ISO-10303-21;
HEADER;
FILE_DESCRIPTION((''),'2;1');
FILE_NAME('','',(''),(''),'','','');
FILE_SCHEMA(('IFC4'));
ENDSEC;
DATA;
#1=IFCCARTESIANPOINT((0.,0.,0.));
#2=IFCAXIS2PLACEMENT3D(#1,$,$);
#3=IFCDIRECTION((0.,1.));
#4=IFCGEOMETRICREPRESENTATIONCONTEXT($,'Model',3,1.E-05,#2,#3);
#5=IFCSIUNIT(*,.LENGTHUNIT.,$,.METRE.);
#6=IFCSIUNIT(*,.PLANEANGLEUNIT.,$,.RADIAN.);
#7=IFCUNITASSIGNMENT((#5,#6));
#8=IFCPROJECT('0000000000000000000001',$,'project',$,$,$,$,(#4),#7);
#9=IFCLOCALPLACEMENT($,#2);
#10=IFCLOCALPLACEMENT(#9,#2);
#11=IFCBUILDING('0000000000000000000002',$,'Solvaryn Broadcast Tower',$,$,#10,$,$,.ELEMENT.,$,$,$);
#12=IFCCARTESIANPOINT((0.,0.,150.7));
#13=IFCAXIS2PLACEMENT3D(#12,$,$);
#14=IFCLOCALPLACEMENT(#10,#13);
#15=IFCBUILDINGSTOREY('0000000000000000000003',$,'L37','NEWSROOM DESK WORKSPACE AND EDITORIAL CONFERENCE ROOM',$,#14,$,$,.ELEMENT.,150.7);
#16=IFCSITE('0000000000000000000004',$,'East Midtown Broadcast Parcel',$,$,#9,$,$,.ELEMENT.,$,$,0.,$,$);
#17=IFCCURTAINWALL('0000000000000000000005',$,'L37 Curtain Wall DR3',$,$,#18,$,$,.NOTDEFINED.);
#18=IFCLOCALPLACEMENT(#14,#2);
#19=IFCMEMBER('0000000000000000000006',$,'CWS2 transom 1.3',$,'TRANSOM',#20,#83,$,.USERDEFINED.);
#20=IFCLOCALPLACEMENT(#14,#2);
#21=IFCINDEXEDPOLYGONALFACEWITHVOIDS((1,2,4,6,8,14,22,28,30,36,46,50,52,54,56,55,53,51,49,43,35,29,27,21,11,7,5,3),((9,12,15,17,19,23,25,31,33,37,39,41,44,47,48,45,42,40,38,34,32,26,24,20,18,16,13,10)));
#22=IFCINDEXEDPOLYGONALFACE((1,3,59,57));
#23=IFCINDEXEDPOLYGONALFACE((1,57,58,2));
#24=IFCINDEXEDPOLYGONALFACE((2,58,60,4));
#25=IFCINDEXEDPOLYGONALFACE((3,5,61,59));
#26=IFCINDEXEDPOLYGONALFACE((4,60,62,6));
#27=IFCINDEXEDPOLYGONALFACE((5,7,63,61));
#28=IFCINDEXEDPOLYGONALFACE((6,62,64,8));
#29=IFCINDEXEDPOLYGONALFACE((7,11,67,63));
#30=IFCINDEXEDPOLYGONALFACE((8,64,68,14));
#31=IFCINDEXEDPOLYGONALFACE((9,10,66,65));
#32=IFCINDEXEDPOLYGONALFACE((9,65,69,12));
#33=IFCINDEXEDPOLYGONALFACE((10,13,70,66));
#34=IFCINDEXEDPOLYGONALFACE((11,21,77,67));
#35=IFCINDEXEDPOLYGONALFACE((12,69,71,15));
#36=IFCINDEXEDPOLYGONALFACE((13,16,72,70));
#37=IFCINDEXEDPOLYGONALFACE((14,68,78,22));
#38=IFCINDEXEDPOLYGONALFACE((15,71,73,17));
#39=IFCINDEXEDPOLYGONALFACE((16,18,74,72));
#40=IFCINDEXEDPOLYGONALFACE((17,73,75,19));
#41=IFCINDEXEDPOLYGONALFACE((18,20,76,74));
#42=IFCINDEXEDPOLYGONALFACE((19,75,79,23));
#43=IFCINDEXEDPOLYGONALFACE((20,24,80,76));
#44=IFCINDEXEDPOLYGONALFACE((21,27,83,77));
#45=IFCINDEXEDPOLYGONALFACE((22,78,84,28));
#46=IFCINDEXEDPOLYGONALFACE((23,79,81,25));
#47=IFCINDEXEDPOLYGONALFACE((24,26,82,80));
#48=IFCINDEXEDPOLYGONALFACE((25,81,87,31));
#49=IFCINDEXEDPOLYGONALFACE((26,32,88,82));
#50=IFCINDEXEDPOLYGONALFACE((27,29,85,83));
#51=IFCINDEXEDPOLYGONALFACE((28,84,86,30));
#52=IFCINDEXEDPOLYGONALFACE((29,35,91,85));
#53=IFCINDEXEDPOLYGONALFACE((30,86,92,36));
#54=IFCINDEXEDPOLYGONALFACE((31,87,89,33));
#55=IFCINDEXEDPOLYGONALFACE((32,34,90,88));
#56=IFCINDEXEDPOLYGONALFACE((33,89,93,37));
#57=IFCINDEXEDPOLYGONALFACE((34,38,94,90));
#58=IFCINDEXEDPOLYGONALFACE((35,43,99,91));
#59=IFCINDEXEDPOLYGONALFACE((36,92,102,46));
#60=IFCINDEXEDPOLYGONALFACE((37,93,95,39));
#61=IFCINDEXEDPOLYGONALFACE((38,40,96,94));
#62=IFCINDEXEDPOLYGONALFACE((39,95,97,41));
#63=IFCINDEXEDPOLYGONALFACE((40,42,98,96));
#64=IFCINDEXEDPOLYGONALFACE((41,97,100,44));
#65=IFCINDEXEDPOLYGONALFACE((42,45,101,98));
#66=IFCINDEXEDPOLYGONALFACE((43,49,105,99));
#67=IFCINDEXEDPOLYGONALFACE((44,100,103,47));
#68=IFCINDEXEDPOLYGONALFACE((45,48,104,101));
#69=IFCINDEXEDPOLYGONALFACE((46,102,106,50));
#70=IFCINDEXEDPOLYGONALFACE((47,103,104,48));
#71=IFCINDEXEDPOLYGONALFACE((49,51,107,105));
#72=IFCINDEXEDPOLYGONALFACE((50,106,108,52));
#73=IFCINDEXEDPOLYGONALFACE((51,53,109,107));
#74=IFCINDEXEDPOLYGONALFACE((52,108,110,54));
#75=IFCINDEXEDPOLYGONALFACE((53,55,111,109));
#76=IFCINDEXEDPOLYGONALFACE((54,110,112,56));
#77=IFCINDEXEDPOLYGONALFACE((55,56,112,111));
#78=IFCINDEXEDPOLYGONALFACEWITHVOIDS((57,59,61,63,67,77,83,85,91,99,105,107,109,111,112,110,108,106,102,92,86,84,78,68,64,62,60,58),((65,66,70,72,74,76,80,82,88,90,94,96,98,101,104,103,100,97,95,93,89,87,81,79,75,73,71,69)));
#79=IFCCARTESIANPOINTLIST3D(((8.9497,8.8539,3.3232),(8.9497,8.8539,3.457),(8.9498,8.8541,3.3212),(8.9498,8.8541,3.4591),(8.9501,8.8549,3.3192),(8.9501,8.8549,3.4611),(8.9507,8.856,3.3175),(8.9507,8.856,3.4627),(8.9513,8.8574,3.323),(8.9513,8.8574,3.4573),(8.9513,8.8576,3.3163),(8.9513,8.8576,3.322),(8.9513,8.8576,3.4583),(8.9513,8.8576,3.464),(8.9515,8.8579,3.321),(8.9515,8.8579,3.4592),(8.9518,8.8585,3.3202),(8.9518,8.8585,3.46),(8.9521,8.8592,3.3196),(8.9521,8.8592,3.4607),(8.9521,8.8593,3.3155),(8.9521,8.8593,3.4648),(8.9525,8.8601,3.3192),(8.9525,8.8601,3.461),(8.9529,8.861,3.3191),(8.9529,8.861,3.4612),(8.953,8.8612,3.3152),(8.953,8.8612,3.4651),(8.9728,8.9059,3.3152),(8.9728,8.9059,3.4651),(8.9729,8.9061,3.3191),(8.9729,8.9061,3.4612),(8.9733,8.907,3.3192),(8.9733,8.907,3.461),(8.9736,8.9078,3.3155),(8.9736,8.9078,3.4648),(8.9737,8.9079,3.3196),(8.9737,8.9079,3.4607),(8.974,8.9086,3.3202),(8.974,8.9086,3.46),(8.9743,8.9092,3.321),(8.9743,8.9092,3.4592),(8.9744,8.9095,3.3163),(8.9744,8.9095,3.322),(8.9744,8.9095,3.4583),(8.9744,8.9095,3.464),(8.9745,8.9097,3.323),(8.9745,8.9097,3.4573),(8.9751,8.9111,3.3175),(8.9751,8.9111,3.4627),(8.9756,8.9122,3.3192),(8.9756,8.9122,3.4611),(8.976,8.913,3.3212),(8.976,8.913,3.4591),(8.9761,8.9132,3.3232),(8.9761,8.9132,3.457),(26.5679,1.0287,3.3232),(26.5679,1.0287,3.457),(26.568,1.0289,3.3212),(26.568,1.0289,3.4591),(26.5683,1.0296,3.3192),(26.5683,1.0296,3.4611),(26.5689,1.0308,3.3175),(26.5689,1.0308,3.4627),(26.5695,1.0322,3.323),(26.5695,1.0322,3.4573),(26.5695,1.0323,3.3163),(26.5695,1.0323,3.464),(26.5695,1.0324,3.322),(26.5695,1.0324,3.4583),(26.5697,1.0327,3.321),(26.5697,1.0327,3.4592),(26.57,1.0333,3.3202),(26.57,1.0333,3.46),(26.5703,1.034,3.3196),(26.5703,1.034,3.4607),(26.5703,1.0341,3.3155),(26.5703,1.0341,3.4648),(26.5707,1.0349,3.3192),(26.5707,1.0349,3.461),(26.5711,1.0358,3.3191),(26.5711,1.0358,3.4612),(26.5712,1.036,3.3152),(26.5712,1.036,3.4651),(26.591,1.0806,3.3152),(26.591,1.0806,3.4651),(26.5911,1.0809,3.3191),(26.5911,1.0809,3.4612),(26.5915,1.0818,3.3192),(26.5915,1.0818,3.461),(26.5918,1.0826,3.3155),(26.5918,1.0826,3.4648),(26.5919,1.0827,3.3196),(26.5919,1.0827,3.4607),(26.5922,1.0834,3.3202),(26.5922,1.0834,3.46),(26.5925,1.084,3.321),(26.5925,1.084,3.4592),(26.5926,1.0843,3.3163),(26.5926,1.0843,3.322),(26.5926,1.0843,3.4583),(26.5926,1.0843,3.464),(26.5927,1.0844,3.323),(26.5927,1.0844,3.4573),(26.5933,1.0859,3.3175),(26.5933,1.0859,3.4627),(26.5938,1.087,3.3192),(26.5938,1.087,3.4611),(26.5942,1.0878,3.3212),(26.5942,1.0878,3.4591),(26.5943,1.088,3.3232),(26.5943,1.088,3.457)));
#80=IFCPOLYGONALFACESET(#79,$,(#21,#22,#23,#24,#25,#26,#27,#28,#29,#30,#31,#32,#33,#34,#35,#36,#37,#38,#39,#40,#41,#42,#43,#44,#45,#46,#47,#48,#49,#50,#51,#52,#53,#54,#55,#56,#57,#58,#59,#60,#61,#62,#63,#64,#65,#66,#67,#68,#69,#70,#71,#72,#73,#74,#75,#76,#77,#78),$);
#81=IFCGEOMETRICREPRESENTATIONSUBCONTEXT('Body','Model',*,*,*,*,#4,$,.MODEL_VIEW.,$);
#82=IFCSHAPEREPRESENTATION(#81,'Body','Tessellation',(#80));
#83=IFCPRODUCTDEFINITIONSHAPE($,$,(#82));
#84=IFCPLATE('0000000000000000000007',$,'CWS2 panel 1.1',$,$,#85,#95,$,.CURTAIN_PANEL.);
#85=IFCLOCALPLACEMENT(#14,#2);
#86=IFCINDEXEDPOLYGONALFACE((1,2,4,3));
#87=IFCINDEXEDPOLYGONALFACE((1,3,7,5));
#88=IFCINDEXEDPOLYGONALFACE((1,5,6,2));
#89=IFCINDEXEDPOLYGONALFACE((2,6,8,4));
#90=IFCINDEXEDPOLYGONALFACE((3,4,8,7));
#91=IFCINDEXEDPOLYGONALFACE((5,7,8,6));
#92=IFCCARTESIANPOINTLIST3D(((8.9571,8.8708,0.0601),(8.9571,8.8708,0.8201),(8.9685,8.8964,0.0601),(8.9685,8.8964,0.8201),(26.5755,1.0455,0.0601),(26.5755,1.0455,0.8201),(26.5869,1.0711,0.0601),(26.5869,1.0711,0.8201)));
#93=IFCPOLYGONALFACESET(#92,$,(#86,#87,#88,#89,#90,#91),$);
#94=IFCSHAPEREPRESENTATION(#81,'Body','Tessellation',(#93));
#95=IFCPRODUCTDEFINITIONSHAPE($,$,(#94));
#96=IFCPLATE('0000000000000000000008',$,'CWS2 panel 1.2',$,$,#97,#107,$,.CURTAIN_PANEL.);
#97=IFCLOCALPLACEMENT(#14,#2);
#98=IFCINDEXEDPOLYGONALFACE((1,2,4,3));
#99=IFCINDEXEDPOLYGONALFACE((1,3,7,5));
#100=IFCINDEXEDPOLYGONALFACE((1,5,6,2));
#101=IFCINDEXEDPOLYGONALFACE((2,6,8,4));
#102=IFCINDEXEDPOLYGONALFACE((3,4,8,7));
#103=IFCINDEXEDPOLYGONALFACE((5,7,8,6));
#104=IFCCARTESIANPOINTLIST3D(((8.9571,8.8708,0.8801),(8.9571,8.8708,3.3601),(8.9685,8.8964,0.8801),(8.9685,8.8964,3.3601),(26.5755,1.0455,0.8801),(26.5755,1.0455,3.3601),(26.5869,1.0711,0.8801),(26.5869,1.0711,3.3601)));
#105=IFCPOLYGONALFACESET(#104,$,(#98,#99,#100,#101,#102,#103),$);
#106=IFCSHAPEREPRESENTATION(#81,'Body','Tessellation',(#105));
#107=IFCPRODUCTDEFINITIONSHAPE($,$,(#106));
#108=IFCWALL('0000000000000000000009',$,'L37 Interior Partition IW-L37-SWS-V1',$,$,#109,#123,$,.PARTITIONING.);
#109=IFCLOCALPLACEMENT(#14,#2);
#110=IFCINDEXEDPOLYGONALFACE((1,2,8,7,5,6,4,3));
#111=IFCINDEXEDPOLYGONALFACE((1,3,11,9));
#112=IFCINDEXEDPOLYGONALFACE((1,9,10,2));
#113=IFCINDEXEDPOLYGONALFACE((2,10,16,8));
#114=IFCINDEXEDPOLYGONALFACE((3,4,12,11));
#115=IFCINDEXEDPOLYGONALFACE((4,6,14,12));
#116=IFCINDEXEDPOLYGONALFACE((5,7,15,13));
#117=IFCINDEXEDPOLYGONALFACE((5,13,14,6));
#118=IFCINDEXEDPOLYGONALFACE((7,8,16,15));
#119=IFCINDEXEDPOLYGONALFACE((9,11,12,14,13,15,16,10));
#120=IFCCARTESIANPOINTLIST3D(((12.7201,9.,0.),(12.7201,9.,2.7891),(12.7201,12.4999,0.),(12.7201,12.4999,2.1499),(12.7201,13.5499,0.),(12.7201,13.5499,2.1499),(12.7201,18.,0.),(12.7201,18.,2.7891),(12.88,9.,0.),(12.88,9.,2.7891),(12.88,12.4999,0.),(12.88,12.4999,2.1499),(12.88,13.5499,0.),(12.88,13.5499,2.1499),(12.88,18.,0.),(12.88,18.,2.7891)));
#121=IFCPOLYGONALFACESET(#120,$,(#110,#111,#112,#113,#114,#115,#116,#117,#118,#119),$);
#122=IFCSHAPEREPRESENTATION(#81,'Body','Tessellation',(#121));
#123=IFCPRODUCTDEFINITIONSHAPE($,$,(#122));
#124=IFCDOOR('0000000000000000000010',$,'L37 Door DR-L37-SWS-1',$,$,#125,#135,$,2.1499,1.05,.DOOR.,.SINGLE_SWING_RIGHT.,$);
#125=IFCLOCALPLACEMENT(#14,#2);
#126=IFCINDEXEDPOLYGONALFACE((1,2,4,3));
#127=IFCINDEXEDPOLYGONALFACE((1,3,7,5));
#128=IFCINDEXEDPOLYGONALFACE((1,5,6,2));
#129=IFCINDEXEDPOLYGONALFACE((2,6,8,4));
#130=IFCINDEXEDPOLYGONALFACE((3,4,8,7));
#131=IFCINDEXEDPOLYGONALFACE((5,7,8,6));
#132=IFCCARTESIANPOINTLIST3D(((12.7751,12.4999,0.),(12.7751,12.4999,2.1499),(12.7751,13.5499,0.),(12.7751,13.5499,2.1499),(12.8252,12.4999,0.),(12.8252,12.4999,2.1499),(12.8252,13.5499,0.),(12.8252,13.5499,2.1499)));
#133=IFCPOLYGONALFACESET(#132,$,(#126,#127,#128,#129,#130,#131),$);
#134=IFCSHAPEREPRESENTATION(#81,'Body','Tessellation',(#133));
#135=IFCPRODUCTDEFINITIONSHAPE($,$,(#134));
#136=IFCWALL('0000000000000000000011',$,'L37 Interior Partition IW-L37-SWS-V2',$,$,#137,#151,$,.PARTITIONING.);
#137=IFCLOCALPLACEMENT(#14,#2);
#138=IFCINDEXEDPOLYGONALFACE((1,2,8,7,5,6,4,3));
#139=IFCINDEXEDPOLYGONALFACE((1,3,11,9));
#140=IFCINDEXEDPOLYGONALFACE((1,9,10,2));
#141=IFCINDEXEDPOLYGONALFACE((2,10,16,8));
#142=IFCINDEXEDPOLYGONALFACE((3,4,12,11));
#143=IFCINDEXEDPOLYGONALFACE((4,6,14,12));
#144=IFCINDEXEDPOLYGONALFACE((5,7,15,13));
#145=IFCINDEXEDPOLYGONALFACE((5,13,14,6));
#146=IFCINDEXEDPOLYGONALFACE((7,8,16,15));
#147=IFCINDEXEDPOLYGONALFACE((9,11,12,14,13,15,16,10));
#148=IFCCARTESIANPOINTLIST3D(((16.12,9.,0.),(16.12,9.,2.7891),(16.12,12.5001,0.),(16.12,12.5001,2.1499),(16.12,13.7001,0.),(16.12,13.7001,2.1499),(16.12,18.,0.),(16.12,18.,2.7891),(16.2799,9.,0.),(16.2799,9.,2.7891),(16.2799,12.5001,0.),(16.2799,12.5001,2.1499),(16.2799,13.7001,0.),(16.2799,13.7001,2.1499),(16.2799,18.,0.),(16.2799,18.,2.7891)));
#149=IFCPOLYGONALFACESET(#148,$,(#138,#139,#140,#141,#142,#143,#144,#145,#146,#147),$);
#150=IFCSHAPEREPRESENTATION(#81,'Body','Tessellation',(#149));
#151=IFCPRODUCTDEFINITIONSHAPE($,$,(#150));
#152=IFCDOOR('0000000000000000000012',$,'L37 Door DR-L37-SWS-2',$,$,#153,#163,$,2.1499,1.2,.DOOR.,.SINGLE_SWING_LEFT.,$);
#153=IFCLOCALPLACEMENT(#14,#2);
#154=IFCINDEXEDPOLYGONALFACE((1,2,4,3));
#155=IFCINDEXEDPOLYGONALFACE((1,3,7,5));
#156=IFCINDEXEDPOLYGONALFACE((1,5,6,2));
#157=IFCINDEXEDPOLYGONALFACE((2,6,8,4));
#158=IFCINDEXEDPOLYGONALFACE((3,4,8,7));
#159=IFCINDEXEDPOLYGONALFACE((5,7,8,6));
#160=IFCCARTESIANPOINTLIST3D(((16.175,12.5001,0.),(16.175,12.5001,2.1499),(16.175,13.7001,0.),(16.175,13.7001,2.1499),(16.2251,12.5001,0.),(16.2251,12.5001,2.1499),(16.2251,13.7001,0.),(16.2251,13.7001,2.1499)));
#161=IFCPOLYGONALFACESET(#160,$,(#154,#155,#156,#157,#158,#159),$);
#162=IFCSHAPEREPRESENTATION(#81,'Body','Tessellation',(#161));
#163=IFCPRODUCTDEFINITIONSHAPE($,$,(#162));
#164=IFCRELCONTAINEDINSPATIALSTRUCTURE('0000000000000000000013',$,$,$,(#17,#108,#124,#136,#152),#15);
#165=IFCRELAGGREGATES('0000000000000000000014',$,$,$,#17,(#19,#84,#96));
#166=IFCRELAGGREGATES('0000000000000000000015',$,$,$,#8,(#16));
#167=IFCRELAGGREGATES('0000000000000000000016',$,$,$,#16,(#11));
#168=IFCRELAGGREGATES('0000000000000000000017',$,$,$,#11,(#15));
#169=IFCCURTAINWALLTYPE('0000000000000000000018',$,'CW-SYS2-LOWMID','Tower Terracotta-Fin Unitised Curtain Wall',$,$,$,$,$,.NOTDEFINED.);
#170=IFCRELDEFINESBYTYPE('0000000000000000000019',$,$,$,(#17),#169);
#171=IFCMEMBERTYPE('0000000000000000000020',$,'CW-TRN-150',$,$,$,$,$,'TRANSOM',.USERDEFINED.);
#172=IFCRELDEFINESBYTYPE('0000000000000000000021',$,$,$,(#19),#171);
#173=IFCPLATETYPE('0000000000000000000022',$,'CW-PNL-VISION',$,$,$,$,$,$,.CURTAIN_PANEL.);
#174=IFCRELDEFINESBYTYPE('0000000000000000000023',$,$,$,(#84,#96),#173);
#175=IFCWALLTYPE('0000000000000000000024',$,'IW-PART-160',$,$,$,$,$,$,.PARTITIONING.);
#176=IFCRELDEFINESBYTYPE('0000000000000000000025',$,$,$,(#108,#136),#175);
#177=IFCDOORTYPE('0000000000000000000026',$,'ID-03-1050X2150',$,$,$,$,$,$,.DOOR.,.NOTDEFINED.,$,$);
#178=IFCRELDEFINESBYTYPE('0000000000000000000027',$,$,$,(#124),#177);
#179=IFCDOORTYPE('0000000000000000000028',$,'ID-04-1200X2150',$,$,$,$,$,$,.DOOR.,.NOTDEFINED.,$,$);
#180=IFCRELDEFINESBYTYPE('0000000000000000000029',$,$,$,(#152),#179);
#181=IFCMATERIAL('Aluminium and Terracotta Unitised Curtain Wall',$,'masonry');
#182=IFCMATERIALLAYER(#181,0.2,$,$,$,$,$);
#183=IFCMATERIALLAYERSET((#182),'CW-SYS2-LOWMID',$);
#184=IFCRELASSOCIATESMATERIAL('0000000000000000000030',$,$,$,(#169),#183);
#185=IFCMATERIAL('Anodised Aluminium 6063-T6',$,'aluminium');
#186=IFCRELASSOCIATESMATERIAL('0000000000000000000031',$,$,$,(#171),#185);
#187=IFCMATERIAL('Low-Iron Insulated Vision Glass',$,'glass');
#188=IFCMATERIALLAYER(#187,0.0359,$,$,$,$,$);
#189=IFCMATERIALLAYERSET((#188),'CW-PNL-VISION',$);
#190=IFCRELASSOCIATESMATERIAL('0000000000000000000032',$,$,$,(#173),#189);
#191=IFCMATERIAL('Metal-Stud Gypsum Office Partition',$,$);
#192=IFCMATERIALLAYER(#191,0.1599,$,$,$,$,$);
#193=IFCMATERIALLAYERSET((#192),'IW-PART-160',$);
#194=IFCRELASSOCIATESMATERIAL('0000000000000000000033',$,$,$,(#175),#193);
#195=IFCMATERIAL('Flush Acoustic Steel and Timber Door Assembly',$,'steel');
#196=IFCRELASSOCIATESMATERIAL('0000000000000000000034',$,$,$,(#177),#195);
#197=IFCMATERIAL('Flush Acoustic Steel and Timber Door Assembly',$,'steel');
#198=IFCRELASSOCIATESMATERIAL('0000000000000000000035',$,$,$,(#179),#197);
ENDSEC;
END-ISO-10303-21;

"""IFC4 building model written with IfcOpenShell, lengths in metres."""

from ifc_helpers import new_model, si_unit, direction, frame, frame_2d, origin, origin_2d, place, context, subcontext, project, spatial, rectangle, hollow_rectangle, extrude, material, layer, layer_set, material_profile, profile_set, type_object, element, fill, aggregate, save


model = new_model("IFC4")

# Units and contexts
model_context = context("Model", 3, precision=1e-05, world=origin(), true_north=direction((0.0, 1.0)))
body_context = subcontext(model_context, "Body", "Model", "MODEL_VIEW")
ifc_project = project(units=[si_unit("LENGTHUNIT", "METRE"), si_unit("PLANEANGLEUNIT", "RADIAN")], contexts=[model_context])

# Site, building, storey
site_placement = place(None, origin())
site = spatial("IfcSite", under=ifc_project, at=site_placement, Name="East Midtown Broadcast Parcel", CompositionType="ELEMENT", RefElevation=0.0)
building_placement = place(site_placement, origin())
building = spatial("IfcBuilding", under=site, at=building_placement, Name="Solvaryn Broadcast Tower", CompositionType="ELEMENT")
storey_placement = place(building_placement, frame((0.0, 0.0, 150.7)))
storey = spatial("IfcBuildingStorey", under=building, at=storey_placement, Name="L37", Description="NEWSROOM DESK WORKSPACE AND EDITORIAL CONFERENCE ROOM", CompositionType="ELEMENT", Elevation=150.7)

# Curtain wall, member, plates
ifc_material_1 = material(Name="Aluminium and Terracotta Unitised Curtain Wall", Category="masonry")
ifc_layer_1 = layer(ifc_material_1, 0.2)
ifc_layer_set_1 = layer_set([ifc_layer_1], Name="CW-SYS2-LOWMID")
curtain_wall_type_1 = type_object("IfcCurtainWallType", Name="CW-SYS2-LOWMID", Description="Tower Terracotta-Fin Unitised Curtain Wall", PredefinedType="NOTDEFINED", material=ifc_layer_set_1)
curtain_wall_1_placement = place(storey_placement, origin())
curtain_wall_1 = element("IfcCurtainWall", 1, at=curtain_wall_1_placement, inside=storey, type_object=curtain_wall_type_1, Name="L37 Curtain Wall DR3", PredefinedType="NOTDEFINED")
ifc_material_2 = material(Name="Anodised Aluminium 6063-T6", Category="aluminium")
ifc_material_profile_1 = material_profile(ifc_material_2, hollow_rectangle(XDim=0.0649, YDim=0.1499, WallThickness=0.0039, InnerFilletRadius=0.0039, OuterFilletRadius=0.0081, at=origin_2d()))
ifc_profile_set_1 = profile_set([ifc_material_profile_1], Name="Anodised Aluminium 6063-T6")
member_type_1 = type_object("IfcMemberType", Name="CW-TRN-150", ElementType="TRANSOM", PredefinedType="USERDEFINED", material=ifc_profile_set_1)
member_1_placement = place(storey_placement, frame((8.9629, 8.8835, 3.3901), z_axis=(0.91391, -0.405918, 0.0), x_axis=(0.405918, 0.91391, 0.0)))
member_1 = element("IfcMember", 2, at=member_1_placement, type_object=member_type_1, Name="CWS2 transom 1.3", ObjectType="TRANSOM", PredefinedType="USERDEFINED", context=body_context, shape_type="SweptSolid", body=[
    extrude(hollow_rectangle(XDim=0.0649, YDim=0.1499, WallThickness=0.0039, InnerFilletRadius=0.0039, OuterFilletRadius=0.0081, at=origin_2d()), origin(), (0.0, 0.0, 1.0), 19.2778),
])
ifc_material_3 = material(Name="Low-Iron Insulated Vision Glass", Category="glass")
ifc_layer_2 = layer(ifc_material_3, 0.0359)
ifc_layer_set_2 = layer_set([ifc_layer_2], Name="CW-PNL-VISION")
plate_type = type_object("IfcPlateType", Name="CW-PNL-VISION", PredefinedType="CURTAIN_PANEL", material=ifc_layer_set_2)
plate_1_placement = place(storey_placement, frame((17.772, 4.9709, 0.0601), z_axis=(0.0, 0.0, 1.0), x_axis=(0.913909, -0.405918, 0.0)))
plate_1 = element("IfcPlate", 3, at=plate_1_placement, type_object=plate_type, Name="CWS2 panel 1.1", PredefinedType="CURTAIN_PANEL", context=body_context, shape_type="SweptSolid", body=[
    extrude(rectangle(XDim=19.2781, YDim=0.0281, at=origin_2d()), origin(), (0.0, 0.0, 1.0), 0.76),
])
plate_2_placement = place(storey_placement, frame((17.772, 4.9709, 0.8801), z_axis=(0.0, 0.0, 1.0), x_axis=(0.913909, -0.405918, 0.0)))
plate_2 = element("IfcPlate", 4, at=plate_2_placement, type_object=plate_type, Name="CWS2 panel 1.2", PredefinedType="CURTAIN_PANEL", context=body_context, shape_type="SweptSolid", body=[
    extrude(rectangle(XDim=19.2781, YDim=0.0281, at=origin_2d()), origin(), (0.0, 0.0, 1.0), 2.48),
])
aggregate(curtain_wall_1, [member_1, plate_1, plate_2])

# Walls, openings, doors
ifc_material_4 = material(Name="Metal-Stud Gypsum Office Partition")
ifc_layer_3 = layer(ifc_material_4, 0.1599)
ifc_layer_set_3 = layer_set([ifc_layer_3], Name="IW-PART-160")
wall_type = type_object("IfcWallType", Name="IW-PART-160", PredefinedType="PARTITIONING", material=ifc_layer_set_3)
wall_1_placement = place(storey_placement, frame((12.8, 9.0, 0.0), z_axis=(0.0, 0.0, 1.0), x_axis=(0.0, 1.0, 0.0)))
wall_1 = element("IfcWall", 5, at=wall_1_placement, inside=storey, type_object=wall_type, Name="L37 Interior Partition IW-L37-SWS-V1", PredefinedType="PARTITIONING", context=body_context, shape_type="SweptSolid", body=[
    extrude(rectangle(XDim=9.0, YDim=0.1599, at=frame_2d((4.5, 0.0))), origin(), (0.0, 0.0, 1.0), 2.7891),
])
opening_1_placement = place(wall_1_placement, frame((3.5, 0.0, 0.0)))
opening_1 = element("IfcOpeningElement", 6, at=opening_1_placement, cuts=wall_1, PredefinedType="OPENING", context=body_context, shape_type="SweptSolid", body=[
    extrude(rectangle(XDim=1.05, YDim=2.1499, at=frame_2d((0.5249, 1.075))), frame((0.0, 0.0901, 0.0), z_axis=(0.0, -1.0, 0.0), x_axis=(1.0, 0.0, 0.0)), (0.0, 0.0, 1.0), 0.1799),
])
ifc_material_5 = material(Name="Flush Acoustic Steel and Timber Door Assembly", Category="steel")
door_type_1 = type_object("IfcDoorType", Name="ID-03-1050X2150", OperationType="NOTDEFINED", PredefinedType="DOOR", material=ifc_material_5)
door_1_placement = place(opening_1_placement, origin())
door_1 = element("IfcDoor", 7, at=door_1_placement, inside=storey, type_object=door_type_1, Name="L37 Door DR-L37-SWS-1", OperationType="SINGLE_SWING_RIGHT", OverallHeight=2.1499, OverallWidth=1.05, PredefinedType="DOOR", context=body_context, shape_type="SweptSolid", body=[
    extrude(rectangle(XDim=1.05, YDim=2.1499, at=frame_2d((0.5249, 1.075))), frame((0.0, 0.0249, 0.0), z_axis=(0.0, -1.0, 0.0), x_axis=(1.0, 0.0, 0.0)), (0.0, 0.0, 1.0), 0.05),
])
fill(opening_1, door_1)
wall_2_placement = place(storey_placement, frame((16.2, 9.0, 0.0), z_axis=(0.0, 0.0, 1.0), x_axis=(0.0, 1.0, 0.0)))
wall_2 = element("IfcWall", 8, at=wall_2_placement, inside=storey, type_object=wall_type, Name="L37 Interior Partition IW-L37-SWS-V2", PredefinedType="PARTITIONING", context=body_context, shape_type="SweptSolid", body=[
    extrude(rectangle(XDim=9.0, YDim=0.1599, at=frame_2d((4.5, 0.0))), origin(), (0.0, 0.0, 1.0), 2.7891),
])
opening_2_placement = place(wall_2_placement, frame((3.5, 0.0, 0.0)))
opening_2 = element("IfcOpeningElement", 9, at=opening_2_placement, cuts=wall_2, PredefinedType="OPENING", context=body_context, shape_type="SweptSolid", body=[
    extrude(rectangle(XDim=1.2, YDim=2.1499, at=frame_2d((0.6001, 1.075))), frame((0.0, 0.0901, 0.0), z_axis=(0.0, -1.0, 0.0), x_axis=(1.0, 0.0, 0.0)), (0.0, 0.0, 1.0), 0.1799),
])
ifc_material_6 = material(Name="Flush Acoustic Steel and Timber Door Assembly", Category="steel")
door_type_2 = type_object("IfcDoorType", Name="ID-04-1200X2150", OperationType="NOTDEFINED", PredefinedType="DOOR", material=ifc_material_6)
door_2_placement = place(opening_2_placement, origin())
door_2 = element("IfcDoor", 10, at=door_2_placement, inside=storey, type_object=door_type_2, Name="L37 Door DR-L37-SWS-2", OperationType="SINGLE_SWING_LEFT", OverallHeight=2.1499, OverallWidth=1.2, PredefinedType="DOOR", context=body_context, shape_type="SweptSolid", body=[
    extrude(rectangle(XDim=1.2, YDim=2.1499, at=frame_2d((0.6001, 1.075))), frame((0.0, 0.0249, 0.0), z_axis=(0.0, -1.0, 0.0), x_axis=(1.0, 0.0, 0.0)), (0.0, 0.0, 1.0), 0.05),
])
fill(opening_2, door_2)

save(model, "model.ifc")
